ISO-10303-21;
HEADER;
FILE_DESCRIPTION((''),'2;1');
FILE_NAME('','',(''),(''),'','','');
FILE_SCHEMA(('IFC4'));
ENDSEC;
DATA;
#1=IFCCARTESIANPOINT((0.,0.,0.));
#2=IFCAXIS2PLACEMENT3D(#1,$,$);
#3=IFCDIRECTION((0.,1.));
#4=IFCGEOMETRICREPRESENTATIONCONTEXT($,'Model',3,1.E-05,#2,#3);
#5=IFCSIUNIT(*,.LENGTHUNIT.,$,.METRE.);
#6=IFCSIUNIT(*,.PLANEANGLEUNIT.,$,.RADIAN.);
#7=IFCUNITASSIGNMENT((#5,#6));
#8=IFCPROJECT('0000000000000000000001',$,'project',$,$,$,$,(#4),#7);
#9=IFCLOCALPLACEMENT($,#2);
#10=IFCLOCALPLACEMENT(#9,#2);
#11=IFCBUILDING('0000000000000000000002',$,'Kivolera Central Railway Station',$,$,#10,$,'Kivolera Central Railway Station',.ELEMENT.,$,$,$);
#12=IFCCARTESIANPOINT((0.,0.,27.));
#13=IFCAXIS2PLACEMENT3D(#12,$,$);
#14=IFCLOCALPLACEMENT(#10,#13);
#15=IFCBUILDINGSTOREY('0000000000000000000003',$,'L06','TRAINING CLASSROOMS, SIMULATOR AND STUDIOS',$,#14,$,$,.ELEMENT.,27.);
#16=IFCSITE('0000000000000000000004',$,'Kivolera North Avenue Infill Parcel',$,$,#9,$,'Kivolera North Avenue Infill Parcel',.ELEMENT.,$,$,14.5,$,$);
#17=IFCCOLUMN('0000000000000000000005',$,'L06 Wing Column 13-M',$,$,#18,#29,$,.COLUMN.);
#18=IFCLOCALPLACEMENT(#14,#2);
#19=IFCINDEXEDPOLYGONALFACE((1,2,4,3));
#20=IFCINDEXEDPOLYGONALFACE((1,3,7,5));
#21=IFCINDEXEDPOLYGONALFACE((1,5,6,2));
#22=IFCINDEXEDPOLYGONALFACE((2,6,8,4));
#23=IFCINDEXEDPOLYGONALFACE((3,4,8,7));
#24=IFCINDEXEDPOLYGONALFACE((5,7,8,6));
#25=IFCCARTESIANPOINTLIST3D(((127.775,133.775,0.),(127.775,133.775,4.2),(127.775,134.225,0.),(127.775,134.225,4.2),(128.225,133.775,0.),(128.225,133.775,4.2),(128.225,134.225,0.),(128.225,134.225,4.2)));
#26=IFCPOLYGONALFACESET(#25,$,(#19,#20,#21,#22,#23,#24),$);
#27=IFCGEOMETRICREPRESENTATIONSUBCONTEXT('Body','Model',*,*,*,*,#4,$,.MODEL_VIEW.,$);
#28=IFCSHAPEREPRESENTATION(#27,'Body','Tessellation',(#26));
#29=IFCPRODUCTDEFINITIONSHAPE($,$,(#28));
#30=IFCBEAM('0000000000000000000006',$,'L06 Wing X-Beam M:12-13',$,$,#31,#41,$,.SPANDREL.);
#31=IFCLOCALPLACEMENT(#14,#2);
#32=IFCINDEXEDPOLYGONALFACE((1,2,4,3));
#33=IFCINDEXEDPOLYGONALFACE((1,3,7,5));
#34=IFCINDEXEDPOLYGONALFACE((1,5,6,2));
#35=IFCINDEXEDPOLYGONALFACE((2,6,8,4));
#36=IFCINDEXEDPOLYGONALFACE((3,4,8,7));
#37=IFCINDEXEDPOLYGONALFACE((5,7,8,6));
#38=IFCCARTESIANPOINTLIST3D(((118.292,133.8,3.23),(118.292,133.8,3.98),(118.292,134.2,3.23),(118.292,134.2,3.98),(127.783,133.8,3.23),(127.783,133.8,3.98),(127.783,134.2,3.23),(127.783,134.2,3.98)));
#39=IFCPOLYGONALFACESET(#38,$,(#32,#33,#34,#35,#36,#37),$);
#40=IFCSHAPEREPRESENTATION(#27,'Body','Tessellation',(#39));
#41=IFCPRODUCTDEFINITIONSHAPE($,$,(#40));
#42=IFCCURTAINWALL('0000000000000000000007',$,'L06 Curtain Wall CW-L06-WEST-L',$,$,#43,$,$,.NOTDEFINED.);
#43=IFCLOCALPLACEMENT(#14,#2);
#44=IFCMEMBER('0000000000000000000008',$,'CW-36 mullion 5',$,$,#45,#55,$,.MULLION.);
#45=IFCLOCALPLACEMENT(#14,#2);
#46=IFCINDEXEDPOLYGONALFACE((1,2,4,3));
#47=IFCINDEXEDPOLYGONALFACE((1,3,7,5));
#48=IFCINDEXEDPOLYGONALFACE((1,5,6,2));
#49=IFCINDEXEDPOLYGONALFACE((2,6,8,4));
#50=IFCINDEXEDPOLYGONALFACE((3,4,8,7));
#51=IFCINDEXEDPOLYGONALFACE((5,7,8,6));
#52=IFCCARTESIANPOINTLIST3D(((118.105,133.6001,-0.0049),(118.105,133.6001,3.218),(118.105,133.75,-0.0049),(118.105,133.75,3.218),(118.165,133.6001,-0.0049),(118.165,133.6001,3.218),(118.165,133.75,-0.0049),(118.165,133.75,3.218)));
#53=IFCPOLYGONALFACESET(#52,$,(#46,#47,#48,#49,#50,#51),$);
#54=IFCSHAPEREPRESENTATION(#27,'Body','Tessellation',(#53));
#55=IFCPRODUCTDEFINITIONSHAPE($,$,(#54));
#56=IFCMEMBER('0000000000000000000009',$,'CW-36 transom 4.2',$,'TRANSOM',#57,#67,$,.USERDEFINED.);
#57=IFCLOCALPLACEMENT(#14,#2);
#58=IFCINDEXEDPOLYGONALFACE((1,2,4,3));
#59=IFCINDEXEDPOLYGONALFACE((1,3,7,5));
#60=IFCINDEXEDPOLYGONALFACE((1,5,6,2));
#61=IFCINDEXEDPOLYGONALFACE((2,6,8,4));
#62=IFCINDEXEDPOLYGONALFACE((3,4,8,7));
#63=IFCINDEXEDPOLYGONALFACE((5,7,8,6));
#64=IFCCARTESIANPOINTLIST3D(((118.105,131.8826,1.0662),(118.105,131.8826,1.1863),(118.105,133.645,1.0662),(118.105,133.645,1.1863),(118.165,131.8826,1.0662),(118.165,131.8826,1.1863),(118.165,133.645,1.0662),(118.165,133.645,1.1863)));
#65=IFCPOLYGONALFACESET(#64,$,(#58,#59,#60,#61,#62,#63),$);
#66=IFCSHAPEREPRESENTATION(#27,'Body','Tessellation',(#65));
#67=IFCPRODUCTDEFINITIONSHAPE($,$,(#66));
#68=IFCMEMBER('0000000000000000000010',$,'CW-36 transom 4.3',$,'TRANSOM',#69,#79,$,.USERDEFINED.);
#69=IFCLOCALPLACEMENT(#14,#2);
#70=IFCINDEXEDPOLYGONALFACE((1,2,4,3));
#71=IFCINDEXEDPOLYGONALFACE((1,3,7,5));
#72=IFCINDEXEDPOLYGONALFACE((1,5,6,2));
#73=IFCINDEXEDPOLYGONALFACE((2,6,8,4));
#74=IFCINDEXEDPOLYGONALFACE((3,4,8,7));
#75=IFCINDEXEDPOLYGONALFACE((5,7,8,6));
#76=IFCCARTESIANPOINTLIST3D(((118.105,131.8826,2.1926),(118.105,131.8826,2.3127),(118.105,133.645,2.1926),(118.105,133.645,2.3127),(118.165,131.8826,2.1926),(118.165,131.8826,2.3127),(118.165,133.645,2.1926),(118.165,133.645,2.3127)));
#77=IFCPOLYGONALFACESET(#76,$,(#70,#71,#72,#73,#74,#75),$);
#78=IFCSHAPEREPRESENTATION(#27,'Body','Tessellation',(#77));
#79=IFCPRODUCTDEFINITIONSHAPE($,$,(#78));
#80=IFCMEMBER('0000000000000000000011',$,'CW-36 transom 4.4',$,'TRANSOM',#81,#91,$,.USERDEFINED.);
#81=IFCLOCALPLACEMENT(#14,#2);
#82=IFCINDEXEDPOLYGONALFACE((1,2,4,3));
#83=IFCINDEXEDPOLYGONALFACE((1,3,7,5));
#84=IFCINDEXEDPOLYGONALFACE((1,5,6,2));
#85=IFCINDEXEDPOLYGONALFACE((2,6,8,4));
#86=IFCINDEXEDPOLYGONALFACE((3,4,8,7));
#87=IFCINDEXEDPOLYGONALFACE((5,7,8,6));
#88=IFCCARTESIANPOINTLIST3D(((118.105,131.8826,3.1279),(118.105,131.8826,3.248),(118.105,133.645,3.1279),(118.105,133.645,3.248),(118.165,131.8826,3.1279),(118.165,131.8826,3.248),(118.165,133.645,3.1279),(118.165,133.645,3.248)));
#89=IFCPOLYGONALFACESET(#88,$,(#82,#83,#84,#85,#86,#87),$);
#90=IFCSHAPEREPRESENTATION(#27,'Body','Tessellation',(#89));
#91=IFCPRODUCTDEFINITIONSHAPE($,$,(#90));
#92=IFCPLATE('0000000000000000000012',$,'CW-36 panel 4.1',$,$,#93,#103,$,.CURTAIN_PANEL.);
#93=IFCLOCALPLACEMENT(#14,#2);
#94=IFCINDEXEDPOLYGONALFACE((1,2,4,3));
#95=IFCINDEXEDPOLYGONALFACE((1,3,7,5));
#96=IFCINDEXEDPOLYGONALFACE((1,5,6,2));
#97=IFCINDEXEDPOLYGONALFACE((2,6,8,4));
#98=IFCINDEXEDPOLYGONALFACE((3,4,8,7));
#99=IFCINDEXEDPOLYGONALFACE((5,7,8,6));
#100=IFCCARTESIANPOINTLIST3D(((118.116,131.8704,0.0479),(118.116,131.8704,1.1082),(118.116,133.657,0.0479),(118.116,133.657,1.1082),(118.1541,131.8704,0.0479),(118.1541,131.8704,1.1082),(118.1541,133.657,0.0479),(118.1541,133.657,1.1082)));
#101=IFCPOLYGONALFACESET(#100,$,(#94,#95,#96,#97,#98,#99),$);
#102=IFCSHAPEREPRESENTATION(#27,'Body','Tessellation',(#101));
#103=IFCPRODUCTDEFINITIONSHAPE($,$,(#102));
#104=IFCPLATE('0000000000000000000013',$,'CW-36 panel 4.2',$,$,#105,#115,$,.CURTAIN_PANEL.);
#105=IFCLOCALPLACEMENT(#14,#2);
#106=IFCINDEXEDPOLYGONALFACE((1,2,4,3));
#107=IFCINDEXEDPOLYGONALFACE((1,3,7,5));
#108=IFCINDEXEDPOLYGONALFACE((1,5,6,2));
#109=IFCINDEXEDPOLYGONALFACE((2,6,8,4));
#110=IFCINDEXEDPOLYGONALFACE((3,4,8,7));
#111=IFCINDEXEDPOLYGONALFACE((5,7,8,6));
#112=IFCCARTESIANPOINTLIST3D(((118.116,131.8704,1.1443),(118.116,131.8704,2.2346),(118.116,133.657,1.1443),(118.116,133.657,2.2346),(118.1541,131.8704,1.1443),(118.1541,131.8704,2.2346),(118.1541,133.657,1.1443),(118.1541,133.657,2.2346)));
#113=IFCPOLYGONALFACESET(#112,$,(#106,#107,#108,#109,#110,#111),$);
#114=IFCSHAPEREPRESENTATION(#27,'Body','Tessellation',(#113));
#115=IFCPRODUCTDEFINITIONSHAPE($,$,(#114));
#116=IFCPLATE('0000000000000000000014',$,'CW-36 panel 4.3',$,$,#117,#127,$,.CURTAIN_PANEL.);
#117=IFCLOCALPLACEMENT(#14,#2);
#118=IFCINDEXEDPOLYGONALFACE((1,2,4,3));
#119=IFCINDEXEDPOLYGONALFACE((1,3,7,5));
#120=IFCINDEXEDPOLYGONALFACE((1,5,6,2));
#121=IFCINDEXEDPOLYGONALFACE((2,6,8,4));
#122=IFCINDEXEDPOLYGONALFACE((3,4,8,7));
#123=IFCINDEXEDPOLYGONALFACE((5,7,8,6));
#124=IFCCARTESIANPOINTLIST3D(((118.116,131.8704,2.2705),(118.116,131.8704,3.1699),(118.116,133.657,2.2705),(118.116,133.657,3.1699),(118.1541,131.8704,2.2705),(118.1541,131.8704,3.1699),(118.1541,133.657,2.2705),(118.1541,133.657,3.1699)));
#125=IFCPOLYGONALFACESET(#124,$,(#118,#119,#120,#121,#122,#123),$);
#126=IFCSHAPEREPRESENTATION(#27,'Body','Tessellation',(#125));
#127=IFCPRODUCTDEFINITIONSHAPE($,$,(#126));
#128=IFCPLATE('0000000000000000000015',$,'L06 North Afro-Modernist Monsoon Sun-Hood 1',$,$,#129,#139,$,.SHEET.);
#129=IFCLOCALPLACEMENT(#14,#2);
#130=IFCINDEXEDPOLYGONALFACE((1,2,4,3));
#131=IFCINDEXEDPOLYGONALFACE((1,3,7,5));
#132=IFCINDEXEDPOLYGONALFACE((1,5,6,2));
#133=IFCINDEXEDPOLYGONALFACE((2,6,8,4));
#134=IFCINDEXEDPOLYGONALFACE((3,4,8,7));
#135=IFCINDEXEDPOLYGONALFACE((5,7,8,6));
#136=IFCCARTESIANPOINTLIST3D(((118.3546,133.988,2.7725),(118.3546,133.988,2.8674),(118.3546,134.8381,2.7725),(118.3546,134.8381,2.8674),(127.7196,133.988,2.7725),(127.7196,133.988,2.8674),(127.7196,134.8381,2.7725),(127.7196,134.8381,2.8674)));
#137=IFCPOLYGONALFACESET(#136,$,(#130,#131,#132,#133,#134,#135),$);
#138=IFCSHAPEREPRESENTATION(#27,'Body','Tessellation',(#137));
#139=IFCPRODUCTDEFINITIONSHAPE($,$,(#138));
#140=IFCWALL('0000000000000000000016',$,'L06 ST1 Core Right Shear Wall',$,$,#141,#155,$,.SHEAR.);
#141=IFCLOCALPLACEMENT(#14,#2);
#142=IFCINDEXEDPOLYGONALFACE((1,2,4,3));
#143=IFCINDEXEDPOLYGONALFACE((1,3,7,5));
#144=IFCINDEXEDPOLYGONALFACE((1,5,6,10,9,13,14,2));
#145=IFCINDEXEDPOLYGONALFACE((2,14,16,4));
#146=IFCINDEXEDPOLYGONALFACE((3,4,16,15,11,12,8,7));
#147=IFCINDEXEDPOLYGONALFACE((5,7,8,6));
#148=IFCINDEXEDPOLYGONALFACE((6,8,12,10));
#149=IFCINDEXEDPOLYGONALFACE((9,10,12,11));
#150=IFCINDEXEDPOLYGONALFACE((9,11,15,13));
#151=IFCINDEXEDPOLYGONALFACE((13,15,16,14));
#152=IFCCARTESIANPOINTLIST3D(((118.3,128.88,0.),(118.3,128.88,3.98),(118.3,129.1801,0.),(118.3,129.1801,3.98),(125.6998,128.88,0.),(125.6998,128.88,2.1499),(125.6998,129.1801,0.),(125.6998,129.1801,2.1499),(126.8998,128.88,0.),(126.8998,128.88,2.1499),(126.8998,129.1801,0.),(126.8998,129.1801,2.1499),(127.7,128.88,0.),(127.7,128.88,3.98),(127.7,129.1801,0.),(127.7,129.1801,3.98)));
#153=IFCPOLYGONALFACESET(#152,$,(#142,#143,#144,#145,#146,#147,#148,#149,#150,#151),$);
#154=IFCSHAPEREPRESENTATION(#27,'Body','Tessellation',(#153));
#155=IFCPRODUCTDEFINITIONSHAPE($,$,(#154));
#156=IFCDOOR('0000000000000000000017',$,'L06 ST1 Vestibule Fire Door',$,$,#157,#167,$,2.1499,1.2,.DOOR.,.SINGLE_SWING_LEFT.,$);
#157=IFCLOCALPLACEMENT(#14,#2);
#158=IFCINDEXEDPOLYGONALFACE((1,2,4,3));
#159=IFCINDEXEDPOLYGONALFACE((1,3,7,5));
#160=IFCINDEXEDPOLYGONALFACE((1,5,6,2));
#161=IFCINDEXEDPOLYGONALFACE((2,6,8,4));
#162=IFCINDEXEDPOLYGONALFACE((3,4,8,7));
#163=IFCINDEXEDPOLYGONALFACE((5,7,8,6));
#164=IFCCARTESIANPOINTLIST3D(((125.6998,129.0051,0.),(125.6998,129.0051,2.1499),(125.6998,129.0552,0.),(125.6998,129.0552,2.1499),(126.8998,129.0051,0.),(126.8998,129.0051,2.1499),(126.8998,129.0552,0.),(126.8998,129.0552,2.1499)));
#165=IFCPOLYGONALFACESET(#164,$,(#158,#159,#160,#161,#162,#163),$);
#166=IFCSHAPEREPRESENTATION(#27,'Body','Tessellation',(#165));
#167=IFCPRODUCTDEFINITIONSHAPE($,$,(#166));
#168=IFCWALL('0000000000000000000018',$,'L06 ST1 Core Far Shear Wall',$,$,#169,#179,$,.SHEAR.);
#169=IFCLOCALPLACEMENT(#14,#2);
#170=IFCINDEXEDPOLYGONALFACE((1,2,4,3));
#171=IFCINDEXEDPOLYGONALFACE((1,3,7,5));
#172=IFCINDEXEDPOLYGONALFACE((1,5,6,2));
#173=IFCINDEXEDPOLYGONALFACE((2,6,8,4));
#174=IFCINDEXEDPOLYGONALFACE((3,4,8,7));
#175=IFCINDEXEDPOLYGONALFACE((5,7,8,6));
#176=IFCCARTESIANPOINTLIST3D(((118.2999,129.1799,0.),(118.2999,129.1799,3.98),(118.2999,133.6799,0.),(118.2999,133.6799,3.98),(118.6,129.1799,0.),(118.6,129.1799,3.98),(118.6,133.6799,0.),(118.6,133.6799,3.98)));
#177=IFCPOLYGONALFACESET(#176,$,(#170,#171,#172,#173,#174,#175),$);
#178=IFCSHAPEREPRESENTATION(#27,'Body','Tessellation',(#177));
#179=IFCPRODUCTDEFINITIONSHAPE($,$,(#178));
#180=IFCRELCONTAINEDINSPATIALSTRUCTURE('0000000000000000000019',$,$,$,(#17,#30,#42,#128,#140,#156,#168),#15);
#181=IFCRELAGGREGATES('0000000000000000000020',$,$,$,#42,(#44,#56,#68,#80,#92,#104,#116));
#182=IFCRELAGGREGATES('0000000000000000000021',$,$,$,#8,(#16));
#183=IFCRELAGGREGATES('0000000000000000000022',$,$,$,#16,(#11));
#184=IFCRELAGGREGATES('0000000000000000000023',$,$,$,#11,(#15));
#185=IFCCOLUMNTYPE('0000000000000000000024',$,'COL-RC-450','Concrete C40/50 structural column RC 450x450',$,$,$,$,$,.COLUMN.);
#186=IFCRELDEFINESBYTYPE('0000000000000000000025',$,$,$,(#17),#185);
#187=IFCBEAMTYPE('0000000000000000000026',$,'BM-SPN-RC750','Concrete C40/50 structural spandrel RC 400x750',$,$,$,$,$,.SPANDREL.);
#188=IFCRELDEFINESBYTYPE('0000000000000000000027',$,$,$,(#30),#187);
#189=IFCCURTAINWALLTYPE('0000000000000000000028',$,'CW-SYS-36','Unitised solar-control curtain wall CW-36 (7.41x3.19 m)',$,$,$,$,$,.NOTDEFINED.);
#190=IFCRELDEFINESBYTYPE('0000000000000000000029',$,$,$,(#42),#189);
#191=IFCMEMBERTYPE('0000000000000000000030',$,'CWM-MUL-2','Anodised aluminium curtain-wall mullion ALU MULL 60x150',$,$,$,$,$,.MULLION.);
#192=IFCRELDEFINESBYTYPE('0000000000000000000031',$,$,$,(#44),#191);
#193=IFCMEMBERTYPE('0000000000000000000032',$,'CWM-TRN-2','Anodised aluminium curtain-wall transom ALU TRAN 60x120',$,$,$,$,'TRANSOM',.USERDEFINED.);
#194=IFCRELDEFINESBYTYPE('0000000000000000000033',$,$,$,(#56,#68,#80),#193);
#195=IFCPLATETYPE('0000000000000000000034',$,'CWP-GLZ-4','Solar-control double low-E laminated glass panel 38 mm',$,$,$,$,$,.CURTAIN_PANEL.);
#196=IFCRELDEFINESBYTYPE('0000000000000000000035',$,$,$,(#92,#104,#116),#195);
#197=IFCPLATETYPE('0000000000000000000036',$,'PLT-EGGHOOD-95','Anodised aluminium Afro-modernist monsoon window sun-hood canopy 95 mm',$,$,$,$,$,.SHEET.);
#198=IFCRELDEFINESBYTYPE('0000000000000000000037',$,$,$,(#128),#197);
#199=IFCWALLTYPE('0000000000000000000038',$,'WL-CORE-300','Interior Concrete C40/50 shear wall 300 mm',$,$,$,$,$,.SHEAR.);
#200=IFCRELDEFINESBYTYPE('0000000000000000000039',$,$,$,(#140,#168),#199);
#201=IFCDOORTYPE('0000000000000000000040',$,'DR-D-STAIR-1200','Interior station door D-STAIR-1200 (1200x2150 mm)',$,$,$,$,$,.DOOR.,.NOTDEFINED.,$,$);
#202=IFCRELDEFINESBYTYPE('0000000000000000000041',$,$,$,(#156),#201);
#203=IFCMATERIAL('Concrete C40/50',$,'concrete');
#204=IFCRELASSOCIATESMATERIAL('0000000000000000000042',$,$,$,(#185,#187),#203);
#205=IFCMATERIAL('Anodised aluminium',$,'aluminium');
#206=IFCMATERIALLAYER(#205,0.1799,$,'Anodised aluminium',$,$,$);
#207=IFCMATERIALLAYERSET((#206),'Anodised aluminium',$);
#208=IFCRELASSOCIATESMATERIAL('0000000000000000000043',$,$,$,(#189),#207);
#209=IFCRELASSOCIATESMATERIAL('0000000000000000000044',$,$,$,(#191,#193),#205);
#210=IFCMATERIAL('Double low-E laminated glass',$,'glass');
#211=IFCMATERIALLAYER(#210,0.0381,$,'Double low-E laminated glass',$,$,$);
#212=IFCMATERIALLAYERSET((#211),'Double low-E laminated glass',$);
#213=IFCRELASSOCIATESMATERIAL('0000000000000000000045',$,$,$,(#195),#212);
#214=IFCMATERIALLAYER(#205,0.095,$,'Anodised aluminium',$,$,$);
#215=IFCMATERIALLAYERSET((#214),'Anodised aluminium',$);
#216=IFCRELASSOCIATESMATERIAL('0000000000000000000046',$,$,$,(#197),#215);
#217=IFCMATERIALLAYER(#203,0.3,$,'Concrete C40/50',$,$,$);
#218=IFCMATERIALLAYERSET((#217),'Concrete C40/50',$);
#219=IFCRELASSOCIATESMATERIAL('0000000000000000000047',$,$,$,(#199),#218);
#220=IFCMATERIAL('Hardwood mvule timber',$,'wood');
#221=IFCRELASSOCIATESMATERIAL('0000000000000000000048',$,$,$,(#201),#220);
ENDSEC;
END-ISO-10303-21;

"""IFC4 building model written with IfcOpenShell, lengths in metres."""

from ifc_helpers import new_model, si_unit, direction, frame, frame_2d, origin, origin_2d, place, context, subcontext, project, spatial, rectangle, extrude, material, layer, layer_set, material_profile, profile_set, type_object, element, fill, aggregate, save


model = new_model("IFC4")

# Units and contexts
model_context = context("Model", 3, precision=1e-05, world=origin(), true_north=direction((0.0, 1.0)))
body_context = subcontext(model_context, "Body", "Model", "MODEL_VIEW")
ifc_project = project(units=[si_unit("LENGTHUNIT", "METRE"), si_unit("PLANEANGLEUNIT", "RADIAN")], contexts=[model_context])

# Site, building, storey
site_placement = place(None, origin())
site = spatial("IfcSite", under=ifc_project, at=site_placement, Name="Kivolera North Avenue Infill Parcel", LongName="Kivolera North Avenue Infill Parcel", CompositionType="ELEMENT", RefElevation=14.5)
building_placement = place(site_placement, origin())
building = spatial("IfcBuilding", under=site, at=building_placement, Name="Kivolera Central Railway Station", LongName="Kivolera Central Railway Station", CompositionType="ELEMENT")
storey_placement = place(building_placement, frame((0.0, 0.0, 27.0)))
storey = spatial("IfcBuildingStorey", under=building, at=storey_placement, Name="L06", Description="TRAINING CLASSROOMS, SIMULATOR AND STUDIOS", CompositionType="ELEMENT", Elevation=27.0)

# Column
ifc_material_1 = material(Name="Concrete C40/50", Category="concrete")
ifc_material_profile_1 = material_profile(ifc_material_1, rectangle(XDim=0.45, YDim=0.45, at=origin_2d()), Name="RC 450x450")
ifc_profile_set_1 = profile_set([ifc_material_profile_1], Name="Concrete C40/50")
column_type = type_object("IfcColumnType", Name="COL-RC-450", Description="Concrete C40/50 structural column RC 450x450", PredefinedType="COLUMN", material=ifc_profile_set_1)
column_placement = place(storey_placement, frame((128.0, 134.0, 0.0), z_axis=(0.0, 0.0, 1.0), x_axis=(1.0, 0.0, 0.0)))
element("IfcColumn", 1, at=column_placement, inside=storey, type_object=column_type, Name="L06 Wing Column 13-M", PredefinedType="COLUMN", context=body_context, shape_type="SweptSolid", body=[
    extrude(rectangle(XDim=0.45, YDim=0.45, at=origin_2d()), origin(), (0.0, 0.0, 1.0), 4.2),
])

# Beam
ifc_material_profile_2 = material_profile(ifc_material_1, rectangle(XDim=0.3999, YDim=0.75, at=origin_2d()), Name="RC 400x750")
ifc_profile_set_2 = profile_set([ifc_material_profile_2], Name="Concrete C40/50")
beam_type = type_object("IfcBeamType", Name="BM-SPN-RC750", Description="Concrete C40/50 structural spandrel RC 400x750", PredefinedType="SPANDREL", material=ifc_profile_set_2)
beam_placement = place(storey_placement, frame((118.292, 134.0, 3.605), z_axis=(1.0, 0.0, 0.0), x_axis=(0.0, 1.0, 0.0)))
element("IfcBeam", 2, at=beam_placement, inside=storey, type_object=beam_type, Name="L06 Wing X-Beam M:12-13", PredefinedType="SPANDREL", context=body_context, shape_type="SweptSolid", body=[
    extrude(rectangle(XDim=0.3999, YDim=0.75, at=origin_2d()), origin(), (0.0, 0.0, 1.0), 9.491),
])

# Curtain wall, members, plates
ifc_material_2 = material(Name="Anodised aluminium", Category="aluminium")
ifc_layer_1 = layer(ifc_material_2, 0.1799, Name="Anodised aluminium")
ifc_layer_set_1 = layer_set([ifc_layer_1], Name="Anodised aluminium")
curtain_wall_type = type_object("IfcCurtainWallType", Name="CW-SYS-36", Description="Unitised solar-control curtain wall CW-36 (7.41x3.19 m)", PredefinedType="NOTDEFINED", material=ifc_layer_set_1)
curtain_wall_placement = place(storey_placement, origin())
curtain_wall = element("IfcCurtainWall", 3, at=curtain_wall_placement, inside=storey, type_object=curtain_wall_type, Name="L06 Curtain Wall CW-L06-WEST-L", PredefinedType="NOTDEFINED")
ifc_material_profile_3 = material_profile(ifc_material_2, rectangle(XDim=0.0601, YDim=0.1499, at=origin_2d()), Name="ALU MULL 60x150")
ifc_profile_set_3 = profile_set([ifc_material_profile_3], Name="Anodised aluminium")
member_type_1 = type_object("IfcMemberType", Name="CWM-MUL-2", Description="Anodised aluminium curtain-wall mullion ALU MULL 60x150", PredefinedType="MULLION", material=ifc_profile_set_3)
member_1_placement = place(storey_placement, frame((118.135, 133.675, -0.0049), z_axis=(0.0, 0.0, 1.0), x_axis=(-1.0, 0.0, 0.0)))
member_1 = element("IfcMember", 4, at=member_1_placement, type_object=member_type_1, Name="CW-36 mullion 5", PredefinedType="MULLION", context=body_context, shape_type="SweptSolid", body=[
    extrude(rectangle(XDim=0.0601, YDim=0.1499, at=origin_2d()), origin(), (0.0, 0.0, 1.0), 3.2229),
])
ifc_material_profile_4 = material_profile(ifc_material_2, rectangle(XDim=0.0601, YDim=0.1201, at=origin_2d()), Name="ALU TRAN 60x120")
ifc_profile_set_4 = profile_set([ifc_material_profile_4], Name="Anodised aluminium")
member_type_2 = type_object("IfcMemberType", Name="CWM-TRN-2", Description="Anodised aluminium curtain-wall transom ALU TRAN 60x120", ElementType="TRANSOM", PredefinedType="USERDEFINED", material=ifc_profile_set_4)
member_2_placement = place(storey_placement, frame((118.135, 131.8826, 1.1262), z_axis=(0.0, 1.0, 0.0), x_axis=(-1.0, 0.0, 0.0)))
member_2 = element("IfcMember", 5, at=member_2_placement, type_object=member_type_2, Name="CW-36 transom 4.2", ObjectType="TRANSOM", PredefinedType="USERDEFINED", context=body_context, shape_type="SweptSolid", body=[
    extrude(rectangle(XDim=0.0601, YDim=0.1201, at=origin_2d()), origin(), (0.0, 0.0, 1.0), 1.7625),
])
member_3_placement = place(storey_placement, frame((118.135, 131.8826, 2.2527), z_axis=(0.0, 1.0, 0.0), x_axis=(-1.0, 0.0, 0.0)))
member_3 = element("IfcMember", 6, at=member_3_placement, type_object=member_type_2, Name="CW-36 transom 4.3", ObjectType="TRANSOM", PredefinedType="USERDEFINED", context=body_context, shape_type="SweptSolid", body=[
    extrude(rectangle(XDim=0.0601, YDim=0.1201, at=origin_2d()), origin(), (0.0, 0.0, 1.0), 1.7625),
])
member_4_placement = place(storey_placement, frame((118.135, 131.8826, 3.188), z_axis=(0.0, 1.0, 0.0), x_axis=(-1.0, 0.0, 0.0)))
member_4 = element("IfcMember", 7, at=member_4_placement, type_object=member_type_2, Name="CW-36 transom 4.4", ObjectType="TRANSOM", PredefinedType="USERDEFINED", context=body_context, shape_type="SweptSolid", body=[
    extrude(rectangle(XDim=0.0601, YDim=0.1201, at=origin_2d()), origin(), (0.0, 0.0, 1.0), 1.7625),
])
ifc_material_3 = material(Name="Double low-E laminated glass", Category="glass")
ifc_layer_2 = layer(ifc_material_3, 0.0381, Name="Double low-E laminated glass")
ifc_layer_set_2 = layer_set([ifc_layer_2], Name="Double low-E laminated glass")
plate_type_1 = type_object("IfcPlateType", Name="CWP-GLZ-4", Description="Solar-control double low-E laminated glass panel 38 mm", PredefinedType="CURTAIN_PANEL", material=ifc_layer_set_2)
plate_1_placement = place(storey_placement, frame((118.135, 132.7637, 0.0479), z_axis=(0.0, 0.0, 1.0), x_axis=(0.0, 1.0, 0.0)))
plate_1 = element("IfcPlate", 8, at=plate_1_placement, type_object=plate_type_1, Name="CW-36 panel 4.1", PredefinedType="CURTAIN_PANEL", context=body_context, shape_type="SweptSolid", body=[
    extrude(rectangle(XDim=1.7866, YDim=0.0381, at=origin_2d()), origin(), (0.0, 0.0, 1.0), 1.0603),
])
plate_2_placement = place(storey_placement, frame((118.135, 132.7637, 1.1443), z_axis=(0.0, 0.0, 1.0), x_axis=(0.0, 1.0, 0.0)))
plate_2 = element("IfcPlate", 9, at=plate_2_placement, type_object=plate_type_1, Name="CW-36 panel 4.2", PredefinedType="CURTAIN_PANEL", context=body_context, shape_type="SweptSolid", body=[
    extrude(rectangle(XDim=1.7866, YDim=0.0381, at=origin_2d()), origin(), (0.0, 0.0, 1.0), 1.0903),
])
plate_3_placement = place(storey_placement, frame((118.135, 132.7637, 2.2705), z_axis=(0.0, 0.0, 1.0), x_axis=(0.0, 1.0, 0.0)))
plate_3 = element("IfcPlate", 10, at=plate_3_placement, type_object=plate_type_1, Name="CW-36 panel 4.3", PredefinedType="CURTAIN_PANEL", context=body_context, shape_type="SweptSolid", body=[
    extrude(rectangle(XDim=1.7866, YDim=0.0381, at=origin_2d()), origin(), (0.0, 0.0, 1.0), 0.8994),
])
aggregate(curtain_wall, [member_1, member_2, member_3, member_4, plate_1, plate_2, plate_3])

# Plate
ifc_layer_3 = layer(ifc_material_2, 0.095, Name="Anodised aluminium")
ifc_layer_set_3 = layer_set([ifc_layer_3], Name="Anodised aluminium")
plate_type_2 = type_object("IfcPlateType", Name="PLT-EGGHOOD-95", Description="Anodised aluminium Afro-modernist monsoon window sun-hood canopy 95 mm", PredefinedType="SHEET", material=ifc_layer_set_3)
plate_4_placement = place(storey_placement, frame((123.0371, 134.4131, 2.7725), z_axis=(0.0, 0.0, 1.0), x_axis=(1.0, 0.0, 0.0)))
element("IfcPlate", 11, at=plate_4_placement, inside=storey, type_object=plate_type_2, Name="L06 North Afro-Modernist Monsoon Sun-Hood 1", PredefinedType="SHEET", context=body_context, shape_type="SweptSolid", body=[
    extrude(rectangle(XDim=9.365, YDim=0.8501, at=origin_2d()), origin(), (0.0, 0.0, 1.0), 0.095),
])

# Wall, opening, door
ifc_layer_4 = layer(ifc_material_1, 0.3, Name="Concrete C40/50")
ifc_layer_set_4 = layer_set([ifc_layer_4], Name="Concrete C40/50")
wall_type_1 = type_object("IfcWallType", Name="WL-CORE-300", Description="Interior Concrete C40/50 shear wall 300 mm", PredefinedType="SHEAR", material=ifc_layer_set_4)
wall_1_placement = place(storey_placement, frame((127.7, 129.03, 0.0), z_axis=(0.0, 0.0, 1.0), x_axis=(-1.0, 0.0, 0.0)))
wall_1 = element("IfcWall", 12, at=wall_1_placement, inside=storey, type_object=wall_type_1, Name="L06 ST1 Core Right Shear Wall", PredefinedType="SHEAR", context=body_context, shape_type="SweptSolid", body=[
    extrude(rectangle(XDim=9.3999, YDim=0.3, at=frame_2d((4.7, 0.0))), origin(), (0.0, 0.0, 1.0), 3.98),
])
opening_1_placement = place(wall_1_placement, frame((0.8, 0.0, 0.0)))
opening_1 = element("IfcOpeningElement", 13, at=opening_1_placement, cuts=wall_1, PredefinedType="OPENING", context=body_context, shape_type="SweptSolid", body=[
    extrude(rectangle(XDim=1.2, YDim=2.1499, at=frame_2d((0.6001, 1.075))), frame((0.0, 0.1599, 0.0), z_axis=(0.0, -1.0, 0.0), x_axis=(1.0, 0.0, 0.0)), (0.0, 0.0, 1.0), 0.3201),
])
ifc_material_4 = material(Name="Hardwood mvule timber", Category="wood")
door_type_1 = type_object("IfcDoorType", Name="DR-D-STAIR-1200", Description="Interior station door D-STAIR-1200 (1200x2150 mm)", OperationType="NOTDEFINED", PredefinedType="DOOR", material=ifc_material_4)
door_1_placement = place(opening_1_placement, origin())
door_1 = element("IfcDoor", 14, at=door_1_placement, inside=storey, type_object=door_type_1, Name="L06 ST1 Vestibule Fire Door", OperationType="SINGLE_SWING_LEFT", OverallHeight=2.1499, OverallWidth=1.2, PredefinedType="DOOR", context=body_context, shape_type="SweptSolid", body=[
    extrude(rectangle(XDim=1.2, YDim=2.1499, at=frame_2d((0.6001, 1.075))), frame((0.0, 0.0249, 0.0), z_axis=(0.0, -1.0, 0.0), x_axis=(1.0, 0.0, 0.0)), (0.0, 0.0, 1.0), 0.05),
])
fill(opening_1, door_1)

# Wall
wall_2_placement = place(storey_placement, frame((118.45, 129.1799, 0.0), z_axis=(0.0, 0.0, 1.0), x_axis=(0.0, 1.0, 0.0)))
element("IfcWall", 15, at=wall_2_placement, inside=storey, type_object=wall_type_1, Name="L06 ST1 Core Far Shear Wall", PredefinedType="SHEAR", context=body_context, shape_type="SweptSolid", body=[
    extrude(rectangle(XDim=4.5, YDim=0.3, at=frame_2d((2.25, 0.0))), origin(), (0.0, 0.0, 1.0), 3.98),
])

save(model, "model.ifc")
